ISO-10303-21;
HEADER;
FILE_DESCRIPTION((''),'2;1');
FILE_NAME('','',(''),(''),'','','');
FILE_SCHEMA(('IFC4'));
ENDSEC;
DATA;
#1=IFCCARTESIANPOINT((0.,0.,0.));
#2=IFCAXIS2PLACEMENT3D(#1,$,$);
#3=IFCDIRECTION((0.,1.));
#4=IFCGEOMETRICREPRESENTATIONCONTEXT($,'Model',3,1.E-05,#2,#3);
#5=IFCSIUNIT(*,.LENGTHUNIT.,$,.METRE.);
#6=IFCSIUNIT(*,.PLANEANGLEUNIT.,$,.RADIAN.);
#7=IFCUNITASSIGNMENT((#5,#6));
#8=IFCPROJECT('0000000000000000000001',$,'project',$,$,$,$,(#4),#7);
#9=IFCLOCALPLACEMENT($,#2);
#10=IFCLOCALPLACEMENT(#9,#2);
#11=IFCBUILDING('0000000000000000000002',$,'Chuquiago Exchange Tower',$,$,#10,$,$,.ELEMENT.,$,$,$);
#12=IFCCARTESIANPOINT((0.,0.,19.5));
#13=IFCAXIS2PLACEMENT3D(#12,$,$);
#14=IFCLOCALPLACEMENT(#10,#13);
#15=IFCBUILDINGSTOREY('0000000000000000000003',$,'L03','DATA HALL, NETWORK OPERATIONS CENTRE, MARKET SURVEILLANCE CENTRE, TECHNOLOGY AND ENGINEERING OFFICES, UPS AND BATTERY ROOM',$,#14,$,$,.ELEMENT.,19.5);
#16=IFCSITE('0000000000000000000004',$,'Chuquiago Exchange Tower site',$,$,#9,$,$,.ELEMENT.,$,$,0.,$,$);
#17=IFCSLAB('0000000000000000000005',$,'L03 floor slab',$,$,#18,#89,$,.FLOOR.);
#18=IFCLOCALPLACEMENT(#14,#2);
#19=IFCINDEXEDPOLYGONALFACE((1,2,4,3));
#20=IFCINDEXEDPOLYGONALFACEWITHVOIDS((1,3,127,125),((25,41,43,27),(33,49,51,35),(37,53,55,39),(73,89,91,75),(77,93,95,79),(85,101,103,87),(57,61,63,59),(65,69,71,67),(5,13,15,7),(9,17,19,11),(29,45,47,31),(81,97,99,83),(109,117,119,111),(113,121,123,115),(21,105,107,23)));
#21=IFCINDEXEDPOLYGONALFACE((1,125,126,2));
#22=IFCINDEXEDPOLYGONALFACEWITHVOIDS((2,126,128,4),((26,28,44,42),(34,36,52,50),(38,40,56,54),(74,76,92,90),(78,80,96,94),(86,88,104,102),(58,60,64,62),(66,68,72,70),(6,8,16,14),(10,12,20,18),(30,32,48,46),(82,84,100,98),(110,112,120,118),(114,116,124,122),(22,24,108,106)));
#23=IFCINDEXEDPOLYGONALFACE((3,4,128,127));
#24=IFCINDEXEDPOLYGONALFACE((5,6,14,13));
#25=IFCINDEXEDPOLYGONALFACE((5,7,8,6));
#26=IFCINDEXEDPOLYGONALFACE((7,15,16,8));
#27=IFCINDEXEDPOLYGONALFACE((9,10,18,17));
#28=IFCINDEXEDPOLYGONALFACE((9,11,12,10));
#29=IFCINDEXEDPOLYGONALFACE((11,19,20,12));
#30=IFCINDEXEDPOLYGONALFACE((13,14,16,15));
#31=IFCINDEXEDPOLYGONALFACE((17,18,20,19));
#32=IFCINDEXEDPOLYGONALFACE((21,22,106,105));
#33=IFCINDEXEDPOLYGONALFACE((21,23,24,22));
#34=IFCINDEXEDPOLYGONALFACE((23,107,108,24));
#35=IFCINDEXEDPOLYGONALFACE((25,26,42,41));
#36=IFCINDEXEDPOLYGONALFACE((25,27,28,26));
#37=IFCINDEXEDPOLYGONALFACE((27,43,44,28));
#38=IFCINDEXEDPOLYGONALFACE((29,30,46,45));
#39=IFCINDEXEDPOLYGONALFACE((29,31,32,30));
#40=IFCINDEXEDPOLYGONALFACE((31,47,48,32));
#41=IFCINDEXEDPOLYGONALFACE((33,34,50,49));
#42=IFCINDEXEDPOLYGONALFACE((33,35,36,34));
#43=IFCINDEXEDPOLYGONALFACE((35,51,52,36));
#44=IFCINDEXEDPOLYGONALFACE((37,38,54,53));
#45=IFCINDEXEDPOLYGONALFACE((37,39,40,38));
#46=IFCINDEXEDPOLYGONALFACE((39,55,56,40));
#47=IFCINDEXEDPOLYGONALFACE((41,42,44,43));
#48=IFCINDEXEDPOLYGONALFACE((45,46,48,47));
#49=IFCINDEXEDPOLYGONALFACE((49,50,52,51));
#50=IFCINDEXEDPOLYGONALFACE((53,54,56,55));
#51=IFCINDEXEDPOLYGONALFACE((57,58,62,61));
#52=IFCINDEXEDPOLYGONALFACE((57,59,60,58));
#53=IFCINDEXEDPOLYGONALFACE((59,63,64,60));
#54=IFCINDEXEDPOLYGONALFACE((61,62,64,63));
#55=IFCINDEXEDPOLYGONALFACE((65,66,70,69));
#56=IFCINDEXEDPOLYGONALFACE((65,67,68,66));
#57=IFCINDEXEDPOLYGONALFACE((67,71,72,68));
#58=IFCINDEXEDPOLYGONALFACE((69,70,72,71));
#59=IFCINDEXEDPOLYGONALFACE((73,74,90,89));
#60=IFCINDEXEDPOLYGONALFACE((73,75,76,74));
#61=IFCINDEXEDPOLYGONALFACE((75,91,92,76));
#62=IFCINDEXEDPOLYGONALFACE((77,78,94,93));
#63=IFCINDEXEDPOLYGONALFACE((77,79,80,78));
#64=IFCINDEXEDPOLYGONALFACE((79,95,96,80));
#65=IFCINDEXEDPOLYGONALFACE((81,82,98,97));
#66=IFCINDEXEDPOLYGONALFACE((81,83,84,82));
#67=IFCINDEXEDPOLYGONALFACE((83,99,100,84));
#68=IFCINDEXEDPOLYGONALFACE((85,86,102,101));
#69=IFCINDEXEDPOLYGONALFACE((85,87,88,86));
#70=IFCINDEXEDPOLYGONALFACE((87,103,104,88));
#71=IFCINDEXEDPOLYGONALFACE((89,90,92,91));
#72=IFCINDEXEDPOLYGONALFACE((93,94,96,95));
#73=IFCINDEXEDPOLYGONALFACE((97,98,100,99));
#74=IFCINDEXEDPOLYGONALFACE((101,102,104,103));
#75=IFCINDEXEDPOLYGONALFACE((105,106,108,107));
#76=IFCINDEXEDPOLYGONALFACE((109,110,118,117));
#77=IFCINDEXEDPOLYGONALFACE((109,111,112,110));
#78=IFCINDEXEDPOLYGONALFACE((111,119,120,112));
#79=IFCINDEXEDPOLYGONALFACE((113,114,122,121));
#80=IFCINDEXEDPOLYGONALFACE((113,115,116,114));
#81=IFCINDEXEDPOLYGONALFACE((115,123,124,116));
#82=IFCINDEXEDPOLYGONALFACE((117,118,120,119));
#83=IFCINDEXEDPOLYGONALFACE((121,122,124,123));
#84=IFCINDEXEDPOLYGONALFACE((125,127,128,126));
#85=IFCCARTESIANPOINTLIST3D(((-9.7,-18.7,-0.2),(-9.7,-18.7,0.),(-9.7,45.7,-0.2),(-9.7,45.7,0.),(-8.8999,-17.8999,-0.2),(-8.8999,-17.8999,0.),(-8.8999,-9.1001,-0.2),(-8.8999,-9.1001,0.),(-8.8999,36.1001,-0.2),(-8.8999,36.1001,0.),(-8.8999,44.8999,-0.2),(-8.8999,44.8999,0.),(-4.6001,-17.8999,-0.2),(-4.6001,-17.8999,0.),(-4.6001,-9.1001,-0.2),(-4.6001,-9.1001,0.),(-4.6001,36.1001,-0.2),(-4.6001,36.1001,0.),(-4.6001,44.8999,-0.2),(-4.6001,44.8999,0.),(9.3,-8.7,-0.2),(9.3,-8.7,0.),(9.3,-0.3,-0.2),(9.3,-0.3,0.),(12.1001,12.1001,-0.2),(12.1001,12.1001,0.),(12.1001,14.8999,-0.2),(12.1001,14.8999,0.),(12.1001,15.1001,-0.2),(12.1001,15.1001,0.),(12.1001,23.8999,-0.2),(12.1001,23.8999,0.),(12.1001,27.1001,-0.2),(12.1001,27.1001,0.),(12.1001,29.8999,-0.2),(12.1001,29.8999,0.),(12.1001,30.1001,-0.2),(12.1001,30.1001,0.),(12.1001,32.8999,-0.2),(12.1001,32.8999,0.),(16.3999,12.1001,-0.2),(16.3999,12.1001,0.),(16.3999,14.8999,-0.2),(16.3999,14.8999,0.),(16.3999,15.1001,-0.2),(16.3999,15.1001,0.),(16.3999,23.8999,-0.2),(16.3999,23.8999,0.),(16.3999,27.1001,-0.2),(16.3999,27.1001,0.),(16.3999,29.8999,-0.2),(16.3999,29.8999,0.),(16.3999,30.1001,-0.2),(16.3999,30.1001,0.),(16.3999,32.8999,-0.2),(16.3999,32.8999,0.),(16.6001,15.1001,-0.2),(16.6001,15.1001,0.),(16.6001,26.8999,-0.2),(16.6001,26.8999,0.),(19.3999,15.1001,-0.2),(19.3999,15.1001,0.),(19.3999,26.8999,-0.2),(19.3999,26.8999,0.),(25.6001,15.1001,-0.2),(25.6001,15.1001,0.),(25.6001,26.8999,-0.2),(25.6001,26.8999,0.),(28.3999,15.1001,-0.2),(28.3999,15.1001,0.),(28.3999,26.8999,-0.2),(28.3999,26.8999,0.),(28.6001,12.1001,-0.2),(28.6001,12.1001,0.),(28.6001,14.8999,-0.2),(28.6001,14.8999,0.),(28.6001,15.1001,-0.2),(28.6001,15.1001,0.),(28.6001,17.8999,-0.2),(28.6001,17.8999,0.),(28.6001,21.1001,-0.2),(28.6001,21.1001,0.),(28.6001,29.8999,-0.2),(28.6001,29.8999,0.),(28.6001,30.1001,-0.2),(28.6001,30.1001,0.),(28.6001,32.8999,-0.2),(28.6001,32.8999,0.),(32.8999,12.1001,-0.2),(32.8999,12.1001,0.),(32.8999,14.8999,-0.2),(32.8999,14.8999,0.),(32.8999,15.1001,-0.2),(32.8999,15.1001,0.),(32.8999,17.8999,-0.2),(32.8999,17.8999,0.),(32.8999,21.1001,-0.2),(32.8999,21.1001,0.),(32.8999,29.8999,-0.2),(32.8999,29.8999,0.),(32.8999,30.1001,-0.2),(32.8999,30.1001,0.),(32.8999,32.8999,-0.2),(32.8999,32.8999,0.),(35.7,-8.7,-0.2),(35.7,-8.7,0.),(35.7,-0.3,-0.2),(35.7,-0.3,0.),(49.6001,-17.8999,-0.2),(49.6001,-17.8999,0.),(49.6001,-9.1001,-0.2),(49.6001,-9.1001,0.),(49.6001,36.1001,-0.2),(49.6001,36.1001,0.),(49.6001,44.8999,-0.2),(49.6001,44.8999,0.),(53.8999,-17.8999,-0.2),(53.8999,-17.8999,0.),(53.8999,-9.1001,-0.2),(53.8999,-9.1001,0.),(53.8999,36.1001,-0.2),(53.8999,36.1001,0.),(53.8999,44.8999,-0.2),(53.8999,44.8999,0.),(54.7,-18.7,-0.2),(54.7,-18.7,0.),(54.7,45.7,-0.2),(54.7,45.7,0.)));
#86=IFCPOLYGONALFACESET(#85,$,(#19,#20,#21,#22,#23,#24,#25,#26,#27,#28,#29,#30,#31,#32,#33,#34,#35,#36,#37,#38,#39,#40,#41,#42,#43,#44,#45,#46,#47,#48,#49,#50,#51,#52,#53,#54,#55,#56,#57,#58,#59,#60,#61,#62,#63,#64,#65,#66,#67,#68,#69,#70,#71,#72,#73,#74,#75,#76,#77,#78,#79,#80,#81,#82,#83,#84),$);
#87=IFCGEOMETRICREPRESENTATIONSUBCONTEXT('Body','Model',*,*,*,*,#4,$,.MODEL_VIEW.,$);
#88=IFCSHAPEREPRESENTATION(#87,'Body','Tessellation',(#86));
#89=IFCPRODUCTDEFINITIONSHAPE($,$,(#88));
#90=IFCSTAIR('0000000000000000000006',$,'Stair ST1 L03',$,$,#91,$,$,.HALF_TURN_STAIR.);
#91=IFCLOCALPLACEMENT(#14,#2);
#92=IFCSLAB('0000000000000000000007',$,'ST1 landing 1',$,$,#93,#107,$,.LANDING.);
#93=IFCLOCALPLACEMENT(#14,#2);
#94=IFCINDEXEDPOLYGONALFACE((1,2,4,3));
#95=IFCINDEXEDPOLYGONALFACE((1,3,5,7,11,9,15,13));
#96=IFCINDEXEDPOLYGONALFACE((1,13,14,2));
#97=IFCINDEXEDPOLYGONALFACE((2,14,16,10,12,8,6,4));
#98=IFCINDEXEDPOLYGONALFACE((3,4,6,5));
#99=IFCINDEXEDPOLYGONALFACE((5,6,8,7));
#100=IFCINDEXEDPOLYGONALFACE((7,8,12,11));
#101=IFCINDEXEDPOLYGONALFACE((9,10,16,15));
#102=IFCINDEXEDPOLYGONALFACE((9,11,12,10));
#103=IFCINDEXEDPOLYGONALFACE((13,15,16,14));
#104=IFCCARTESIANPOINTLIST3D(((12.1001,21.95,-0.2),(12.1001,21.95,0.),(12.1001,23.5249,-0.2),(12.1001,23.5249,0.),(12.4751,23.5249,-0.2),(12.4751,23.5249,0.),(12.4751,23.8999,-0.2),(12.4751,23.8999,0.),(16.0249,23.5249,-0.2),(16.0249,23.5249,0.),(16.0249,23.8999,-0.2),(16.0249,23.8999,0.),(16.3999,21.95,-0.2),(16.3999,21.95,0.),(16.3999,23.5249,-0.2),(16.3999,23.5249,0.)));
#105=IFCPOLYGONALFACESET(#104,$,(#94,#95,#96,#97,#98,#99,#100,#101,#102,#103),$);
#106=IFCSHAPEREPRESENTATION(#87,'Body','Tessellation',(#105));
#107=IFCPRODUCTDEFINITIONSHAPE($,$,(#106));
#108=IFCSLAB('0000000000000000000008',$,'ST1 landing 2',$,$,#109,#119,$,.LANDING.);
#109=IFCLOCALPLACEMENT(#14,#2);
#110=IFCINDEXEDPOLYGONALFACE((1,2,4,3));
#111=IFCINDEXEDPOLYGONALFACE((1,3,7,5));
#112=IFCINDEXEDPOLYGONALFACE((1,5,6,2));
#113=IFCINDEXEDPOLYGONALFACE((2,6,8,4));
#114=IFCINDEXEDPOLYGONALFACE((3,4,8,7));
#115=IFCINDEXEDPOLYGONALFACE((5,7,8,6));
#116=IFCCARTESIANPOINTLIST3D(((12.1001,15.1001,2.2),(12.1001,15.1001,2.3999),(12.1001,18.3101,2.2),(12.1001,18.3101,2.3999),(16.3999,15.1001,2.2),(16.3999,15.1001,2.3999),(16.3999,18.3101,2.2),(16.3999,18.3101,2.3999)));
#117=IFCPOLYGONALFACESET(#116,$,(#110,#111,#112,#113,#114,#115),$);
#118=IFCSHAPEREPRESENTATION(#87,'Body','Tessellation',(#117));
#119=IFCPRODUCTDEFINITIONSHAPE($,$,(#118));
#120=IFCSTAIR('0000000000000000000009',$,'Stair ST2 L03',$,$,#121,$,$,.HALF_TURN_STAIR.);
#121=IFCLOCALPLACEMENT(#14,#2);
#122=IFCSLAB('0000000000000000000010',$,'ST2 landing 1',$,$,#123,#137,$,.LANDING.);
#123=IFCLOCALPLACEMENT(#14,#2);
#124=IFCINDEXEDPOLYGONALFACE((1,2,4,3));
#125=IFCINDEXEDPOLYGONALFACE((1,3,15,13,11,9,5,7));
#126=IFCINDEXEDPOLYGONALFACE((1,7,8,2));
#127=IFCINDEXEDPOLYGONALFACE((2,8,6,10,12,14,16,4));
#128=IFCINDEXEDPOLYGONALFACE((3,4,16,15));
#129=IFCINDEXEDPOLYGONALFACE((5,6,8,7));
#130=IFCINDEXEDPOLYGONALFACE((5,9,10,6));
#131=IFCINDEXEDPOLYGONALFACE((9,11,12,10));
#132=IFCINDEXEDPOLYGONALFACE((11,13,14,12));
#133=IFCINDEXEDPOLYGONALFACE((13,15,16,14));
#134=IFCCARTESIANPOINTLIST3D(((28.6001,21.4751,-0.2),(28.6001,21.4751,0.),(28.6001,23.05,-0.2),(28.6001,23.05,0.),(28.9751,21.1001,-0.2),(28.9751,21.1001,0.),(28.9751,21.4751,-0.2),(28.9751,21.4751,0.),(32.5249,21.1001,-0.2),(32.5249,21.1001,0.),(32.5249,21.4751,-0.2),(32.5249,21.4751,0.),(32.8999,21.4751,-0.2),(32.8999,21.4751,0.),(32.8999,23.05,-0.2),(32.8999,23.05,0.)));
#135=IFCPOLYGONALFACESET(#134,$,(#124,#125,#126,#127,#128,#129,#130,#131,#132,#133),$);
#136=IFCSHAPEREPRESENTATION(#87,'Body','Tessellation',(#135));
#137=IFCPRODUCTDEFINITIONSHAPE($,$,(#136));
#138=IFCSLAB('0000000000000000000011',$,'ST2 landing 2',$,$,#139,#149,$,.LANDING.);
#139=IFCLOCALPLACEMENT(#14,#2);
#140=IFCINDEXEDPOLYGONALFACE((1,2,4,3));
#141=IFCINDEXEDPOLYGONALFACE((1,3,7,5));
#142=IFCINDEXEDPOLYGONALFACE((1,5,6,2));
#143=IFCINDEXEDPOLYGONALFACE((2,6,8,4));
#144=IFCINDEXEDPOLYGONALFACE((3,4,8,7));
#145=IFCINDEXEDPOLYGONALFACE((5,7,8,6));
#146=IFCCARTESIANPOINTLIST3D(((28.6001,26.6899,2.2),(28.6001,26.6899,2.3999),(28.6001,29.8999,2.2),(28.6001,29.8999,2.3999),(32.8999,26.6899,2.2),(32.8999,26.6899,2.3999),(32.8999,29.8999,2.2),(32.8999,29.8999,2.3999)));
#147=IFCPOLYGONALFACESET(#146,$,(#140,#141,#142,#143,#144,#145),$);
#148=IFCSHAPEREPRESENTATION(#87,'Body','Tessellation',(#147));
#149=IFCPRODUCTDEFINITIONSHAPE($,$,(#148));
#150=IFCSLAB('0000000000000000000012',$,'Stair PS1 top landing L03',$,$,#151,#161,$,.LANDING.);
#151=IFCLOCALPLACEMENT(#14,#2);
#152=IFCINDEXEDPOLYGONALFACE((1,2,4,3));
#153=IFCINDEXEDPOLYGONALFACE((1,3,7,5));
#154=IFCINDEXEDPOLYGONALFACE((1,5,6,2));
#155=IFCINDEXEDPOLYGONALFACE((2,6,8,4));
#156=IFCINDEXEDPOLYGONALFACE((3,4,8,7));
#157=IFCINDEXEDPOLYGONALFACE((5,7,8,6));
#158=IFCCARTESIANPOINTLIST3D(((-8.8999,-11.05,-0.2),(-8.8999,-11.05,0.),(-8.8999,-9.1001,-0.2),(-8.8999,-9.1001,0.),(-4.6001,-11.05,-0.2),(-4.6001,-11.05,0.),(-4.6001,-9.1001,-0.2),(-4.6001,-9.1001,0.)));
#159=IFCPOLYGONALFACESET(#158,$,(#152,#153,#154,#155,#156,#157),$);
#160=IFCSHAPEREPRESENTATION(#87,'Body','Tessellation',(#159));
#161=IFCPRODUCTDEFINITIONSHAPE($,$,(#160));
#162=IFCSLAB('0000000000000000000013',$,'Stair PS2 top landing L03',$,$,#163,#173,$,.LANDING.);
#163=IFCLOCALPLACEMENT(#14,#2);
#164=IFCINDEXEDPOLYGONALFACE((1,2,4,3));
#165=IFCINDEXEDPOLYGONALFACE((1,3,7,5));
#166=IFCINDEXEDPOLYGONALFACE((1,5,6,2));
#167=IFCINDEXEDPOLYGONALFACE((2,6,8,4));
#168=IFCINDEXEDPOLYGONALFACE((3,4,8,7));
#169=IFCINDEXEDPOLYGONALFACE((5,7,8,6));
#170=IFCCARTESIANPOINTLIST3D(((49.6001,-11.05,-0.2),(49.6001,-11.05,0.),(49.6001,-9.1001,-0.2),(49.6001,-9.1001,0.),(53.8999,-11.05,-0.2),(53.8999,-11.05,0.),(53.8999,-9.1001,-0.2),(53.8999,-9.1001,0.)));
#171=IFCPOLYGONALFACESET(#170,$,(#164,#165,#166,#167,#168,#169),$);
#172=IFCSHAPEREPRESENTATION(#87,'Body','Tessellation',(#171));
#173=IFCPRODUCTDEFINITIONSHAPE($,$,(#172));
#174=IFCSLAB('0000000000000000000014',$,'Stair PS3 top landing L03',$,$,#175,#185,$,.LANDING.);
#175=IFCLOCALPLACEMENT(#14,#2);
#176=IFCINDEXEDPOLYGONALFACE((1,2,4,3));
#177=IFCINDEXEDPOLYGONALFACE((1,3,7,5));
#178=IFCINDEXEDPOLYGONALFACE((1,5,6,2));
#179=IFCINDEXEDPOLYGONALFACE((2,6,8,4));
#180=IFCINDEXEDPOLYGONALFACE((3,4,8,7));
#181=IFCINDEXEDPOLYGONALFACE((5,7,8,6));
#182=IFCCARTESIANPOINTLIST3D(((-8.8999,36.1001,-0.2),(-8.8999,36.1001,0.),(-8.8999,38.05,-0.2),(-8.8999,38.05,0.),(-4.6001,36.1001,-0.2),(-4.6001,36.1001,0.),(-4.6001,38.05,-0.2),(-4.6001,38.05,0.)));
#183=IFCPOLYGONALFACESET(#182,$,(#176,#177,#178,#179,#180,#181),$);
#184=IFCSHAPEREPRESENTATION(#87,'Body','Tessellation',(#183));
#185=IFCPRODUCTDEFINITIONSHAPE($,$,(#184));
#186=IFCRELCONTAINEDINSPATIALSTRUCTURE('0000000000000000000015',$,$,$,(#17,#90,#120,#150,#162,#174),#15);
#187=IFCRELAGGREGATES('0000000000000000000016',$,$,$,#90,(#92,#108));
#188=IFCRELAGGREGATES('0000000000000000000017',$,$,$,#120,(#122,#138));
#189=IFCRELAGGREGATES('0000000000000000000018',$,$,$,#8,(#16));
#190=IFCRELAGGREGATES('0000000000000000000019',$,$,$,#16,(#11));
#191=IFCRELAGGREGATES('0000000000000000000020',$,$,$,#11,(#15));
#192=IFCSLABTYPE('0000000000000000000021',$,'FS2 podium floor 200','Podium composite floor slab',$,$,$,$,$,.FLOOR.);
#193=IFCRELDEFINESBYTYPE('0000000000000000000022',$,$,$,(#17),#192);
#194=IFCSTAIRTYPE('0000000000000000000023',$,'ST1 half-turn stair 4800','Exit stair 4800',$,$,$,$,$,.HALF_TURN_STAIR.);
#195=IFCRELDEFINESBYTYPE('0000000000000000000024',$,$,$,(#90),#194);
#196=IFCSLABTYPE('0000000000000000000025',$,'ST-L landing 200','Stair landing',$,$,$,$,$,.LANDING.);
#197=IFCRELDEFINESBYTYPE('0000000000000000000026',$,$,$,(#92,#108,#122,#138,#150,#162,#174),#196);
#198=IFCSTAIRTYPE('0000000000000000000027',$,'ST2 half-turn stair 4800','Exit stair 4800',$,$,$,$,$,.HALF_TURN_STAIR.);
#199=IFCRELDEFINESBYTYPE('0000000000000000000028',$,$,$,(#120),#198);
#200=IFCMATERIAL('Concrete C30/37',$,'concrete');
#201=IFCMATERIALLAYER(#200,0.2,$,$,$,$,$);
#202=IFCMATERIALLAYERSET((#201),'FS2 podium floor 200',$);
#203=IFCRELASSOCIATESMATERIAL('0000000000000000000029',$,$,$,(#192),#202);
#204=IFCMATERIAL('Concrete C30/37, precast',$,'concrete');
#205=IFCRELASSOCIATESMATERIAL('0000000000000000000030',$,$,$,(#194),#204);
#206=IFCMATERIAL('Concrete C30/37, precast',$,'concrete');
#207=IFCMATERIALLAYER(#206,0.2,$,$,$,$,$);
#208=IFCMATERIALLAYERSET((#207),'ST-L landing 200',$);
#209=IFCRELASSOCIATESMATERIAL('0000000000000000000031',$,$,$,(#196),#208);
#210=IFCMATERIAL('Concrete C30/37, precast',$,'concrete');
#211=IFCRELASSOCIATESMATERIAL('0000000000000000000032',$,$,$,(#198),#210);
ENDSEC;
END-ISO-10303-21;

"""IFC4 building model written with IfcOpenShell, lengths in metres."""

from ifc_helpers import new_model, si_unit, direction, frame, origin, place, context, subcontext, project, spatial, polyline, outline, extrude, material, layer, layer_set, type_object, element, aggregate, save


model = new_model("IFC4")

# Units and contexts
model_context = context("Model", 3, precision=1e-05, world=origin(), true_north=direction((0.0, 1.0)))
body_context = subcontext(model_context, "Body", "Model", "MODEL_VIEW")
ifc_project = project(units=[si_unit("LENGTHUNIT", "METRE"), si_unit("PLANEANGLEUNIT", "RADIAN")], contexts=[model_context])

# Site, building, storey
site_placement = place(None, origin())
site = spatial("IfcSite", under=ifc_project, at=site_placement, Name="Chuquiago Exchange Tower site", CompositionType="ELEMENT", RefElevation=0.0)
building_placement = place(site_placement, origin())
building = spatial("IfcBuilding", under=site, at=building_placement, Name="Chuquiago Exchange Tower", CompositionType="ELEMENT")
storey_placement = place(building_placement, frame((0.0, 0.0, 19.5)))
storey = spatial("IfcBuildingStorey", under=building, at=storey_placement, Name="L03", Description="DATA HALL, NETWORK OPERATIONS CENTRE, MARKET SURVEILLANCE CENTRE, TECHNOLOGY AND ENGINEERING OFFICES, UPS AND BATTERY ROOM", CompositionType="ELEMENT", Elevation=19.5)

# Slab
ifc_material_1 = material(Name="Concrete C30/37", Category="concrete")
ifc_layer_1 = layer(ifc_material_1, 0.2)
ifc_layer_set_1 = layer_set([ifc_layer_1], Name="FS2 podium floor 200")
slab_type_1 = type_object("IfcSlabType", Name="FS2 podium floor 200", Description="Podium composite floor slab", PredefinedType="FLOOR", material=ifc_layer_set_1)
slab_1_placement = place(storey_placement, frame((0.0, 0.0, -0.2)))
element("IfcSlab", 1, at=slab_1_placement, inside=storey, type_object=slab_type_1, Name="L03 floor slab", PredefinedType="FLOOR", context=body_context, shape_type="SweptSolid", body=[
    extrude(outline(polyline([(54.7, -18.7), (54.7, 45.7), (-9.7, 45.7), (-9.7, -18.7), (54.7, -18.7)]), holes=[polyline([(16.3999, 15.1001), (12.1001, 15.1001), (12.1001, 23.8999), (16.3999, 23.8999), (16.3999, 15.1001)]), polyline([(32.8999, 21.1001), (28.6001, 21.1001), (28.6001, 29.8999), (32.8999, 29.8999), (32.8999, 21.1001)]), polyline([(16.3999, 12.1001), (12.1001, 12.1001), (12.1001, 14.8999), (16.3999, 14.8999), (16.3999, 12.1001)]), polyline([(16.3999, 30.1001), (12.1001, 30.1001), (12.1001, 32.8999), (16.3999, 32.8999), (16.3999, 30.1001)]), polyline([(32.8999, 12.1001), (28.6001, 12.1001), (28.6001, 14.8999), (32.8999, 14.8999), (32.8999, 12.1001)]), polyline([(32.8999, 30.1001), (28.6001, 30.1001), (28.6001, 32.8999), (32.8999, 32.8999), (32.8999, 30.1001)]), polyline([(16.3999, 27.1001), (12.1001, 27.1001), (12.1001, 29.8999), (16.3999, 29.8999), (16.3999, 27.1001)]), polyline([(32.8999, 15.1001), (28.6001, 15.1001), (28.6001, 17.8999), (32.8999, 17.8999), (32.8999, 15.1001)]), polyline([(19.3999, 15.1001), (16.6001, 15.1001), (16.6001, 26.8999), (19.3999, 26.8999), (19.3999, 15.1001)]), polyline([(28.3999, 15.1001), (25.6001, 15.1001), (25.6001, 26.8999), (28.3999, 26.8999), (28.3999, 15.1001)]), polyline([(-4.6001, -17.8999), (-8.8999, -17.8999), (-8.8999, -9.1001), (-4.6001, -9.1001), (-4.6001, -17.8999)]), polyline([(53.8999, -17.8999), (49.6001, -17.8999), (49.6001, -9.1001), (53.8999, -9.1001), (53.8999, -17.8999)]), polyline([(-4.6001, 36.1001), (-8.8999, 36.1001), (-8.8999, 44.8999), (-4.6001, 44.8999), (-4.6001, 36.1001)]), polyline([(53.8999, 36.1001), (49.6001, 36.1001), (49.6001, 44.8999), (53.8999, 44.8999), (53.8999, 36.1001)]), polyline([(35.7, -8.7), (35.7, -0.3), (9.3, -0.3), (9.3, -8.7), (35.7, -8.7)])]), origin(), (0.0, 0.0, 1.0), 0.2),
])

# Stairs, slabs
ifc_material_2 = material(Name="Concrete C30/37, precast", Category="concrete")
stair_type_1 = type_object("IfcStairType", Name="ST1 half-turn stair 4800", Description="Exit stair 4800", PredefinedType="HALF_TURN_STAIR", material=ifc_material_2)
stair_1_placement = place(storey_placement, origin())
stair_1 = element("IfcStair", 2, at=stair_1_placement, inside=storey, type_object=stair_type_1, Name="Stair ST1 L03", PredefinedType="HALF_TURN_STAIR")
ifc_material_3 = material(Name="Concrete C30/37, precast", Category="concrete")
ifc_layer_2 = layer(ifc_material_3, 0.2)
ifc_layer_set_2 = layer_set([ifc_layer_2], Name="ST-L landing 200")
slab_type_2 = type_object("IfcSlabType", Name="ST-L landing 200", Description="Stair landing", PredefinedType="LANDING", material=ifc_layer_set_2)
slab_2_placement = place(storey_placement, frame((0.0, 0.0, -0.2)))
slab_2 = element("IfcSlab", 3, at=slab_2_placement, type_object=slab_type_2, Name="ST1 landing 1", PredefinedType="LANDING", context=body_context, shape_type="SweptSolid", body=[
    extrude(outline(polyline([(12.4751, 23.8999), (16.0249, 23.8999), (16.0249, 23.5249), (16.3999, 23.5249), (16.3999, 21.95), (12.1001, 21.95), (12.1001, 23.5249), (12.4751, 23.5249), (12.4751, 23.8999)])), origin(), (0.0, 0.0, 1.0), 0.2),
])
slab_3_placement = place(storey_placement, frame((0.0, 0.0, 2.2)))
slab_3 = element("IfcSlab", 4, at=slab_3_placement, type_object=slab_type_2, Name="ST1 landing 2", PredefinedType="LANDING", context=body_context, shape_type="SweptSolid", body=[
    extrude(outline(polyline([(12.1001, 18.3101), (16.3999, 18.3101), (16.3999, 15.1001), (12.1001, 15.1001), (12.1001, 18.3101)])), origin(), (0.0, 0.0, 1.0), 0.2),
])
aggregate(stair_1, [slab_2, slab_3])
ifc_material_4 = material(Name="Concrete C30/37, precast", Category="concrete")
stair_type_2 = type_object("IfcStairType", Name="ST2 half-turn stair 4800", Description="Exit stair 4800", PredefinedType="HALF_TURN_STAIR", material=ifc_material_4)
stair_2_placement = place(storey_placement, origin())
stair_2 = element("IfcStair", 5, at=stair_2_placement, inside=storey, type_object=stair_type_2, Name="Stair ST2 L03", PredefinedType="HALF_TURN_STAIR")
slab_4_placement = place(storey_placement, frame((0.0, 0.0, -0.2)))
slab_4 = element("IfcSlab", 6, at=slab_4_placement, type_object=slab_type_2, Name="ST2 landing 1", PredefinedType="LANDING", context=body_context, shape_type="SweptSolid", body=[
    extrude(outline(polyline([(32.5249, 21.4751), (32.5249, 21.1001), (28.9751, 21.1001), (28.9751, 21.4751), (28.6001, 21.4751), (28.6001, 23.05), (32.8999, 23.05), (32.8999, 21.4751), (32.5249, 21.4751)])), origin(), (0.0, 0.0, 1.0), 0.2),
])
slab_5_placement = place(storey_placement, frame((0.0, 0.0, 2.2)))
slab_5 = element("IfcSlab", 7, at=slab_5_placement, type_object=slab_type_2, Name="ST2 landing 2", PredefinedType="LANDING", context=body_context, shape_type="SweptSolid", body=[
    extrude(outline(polyline([(28.6001, 29.8999), (32.8999, 29.8999), (32.8999, 26.6899), (28.6001, 26.6899), (28.6001, 29.8999)])), origin(), (0.0, 0.0, 1.0), 0.2),
])
aggregate(stair_2, [slab_4, slab_5])

# Slabs
slab_6_placement = place(storey_placement, frame((0.0, 0.0, -0.2)))
element("IfcSlab", 8, at=slab_6_placement, inside=storey, type_object=slab_type_2, Name="Stair PS1 top landing L03", PredefinedType="LANDING", context=body_context, shape_type="SweptSolid", body=[
    extrude(outline(polyline([(-8.8999, -11.05), (-4.6001, -11.05), (-4.6001, -9.1001), (-8.8999, -9.1001), (-8.8999, -11.05)])), origin(), (0.0, 0.0, 1.0), 0.2),
])
slab_7_placement = place(storey_placement, frame((0.0, 0.0, -0.2)))
element("IfcSlab", 9, at=slab_7_placement, inside=storey, type_object=slab_type_2, Name="Stair PS2 top landing L03", PredefinedType="LANDING", context=body_context, shape_type="SweptSolid", body=[
    extrude(outline(polyline([(49.6001, -11.05), (53.8999, -11.05), (53.8999, -9.1001), (49.6001, -9.1001), (49.6001, -11.05)])), origin(), (0.0, 0.0, 1.0), 0.2),
])
slab_8_placement = place(storey_placement, frame((0.0, 0.0, -0.2)))
element("IfcSlab", 10, at=slab_8_placement, inside=storey, type_object=slab_type_2, Name="Stair PS3 top landing L03", PredefinedType="LANDING", context=body_context, shape_type="SweptSolid", body=[
    extrude(outline(polyline([(-8.8999, 36.1001), (-4.6001, 36.1001), (-4.6001, 38.05), (-8.8999, 38.05), (-8.8999, 36.1001)])), origin(), (0.0, 0.0, 1.0), 0.2),
])

save(model, "model.ifc")
